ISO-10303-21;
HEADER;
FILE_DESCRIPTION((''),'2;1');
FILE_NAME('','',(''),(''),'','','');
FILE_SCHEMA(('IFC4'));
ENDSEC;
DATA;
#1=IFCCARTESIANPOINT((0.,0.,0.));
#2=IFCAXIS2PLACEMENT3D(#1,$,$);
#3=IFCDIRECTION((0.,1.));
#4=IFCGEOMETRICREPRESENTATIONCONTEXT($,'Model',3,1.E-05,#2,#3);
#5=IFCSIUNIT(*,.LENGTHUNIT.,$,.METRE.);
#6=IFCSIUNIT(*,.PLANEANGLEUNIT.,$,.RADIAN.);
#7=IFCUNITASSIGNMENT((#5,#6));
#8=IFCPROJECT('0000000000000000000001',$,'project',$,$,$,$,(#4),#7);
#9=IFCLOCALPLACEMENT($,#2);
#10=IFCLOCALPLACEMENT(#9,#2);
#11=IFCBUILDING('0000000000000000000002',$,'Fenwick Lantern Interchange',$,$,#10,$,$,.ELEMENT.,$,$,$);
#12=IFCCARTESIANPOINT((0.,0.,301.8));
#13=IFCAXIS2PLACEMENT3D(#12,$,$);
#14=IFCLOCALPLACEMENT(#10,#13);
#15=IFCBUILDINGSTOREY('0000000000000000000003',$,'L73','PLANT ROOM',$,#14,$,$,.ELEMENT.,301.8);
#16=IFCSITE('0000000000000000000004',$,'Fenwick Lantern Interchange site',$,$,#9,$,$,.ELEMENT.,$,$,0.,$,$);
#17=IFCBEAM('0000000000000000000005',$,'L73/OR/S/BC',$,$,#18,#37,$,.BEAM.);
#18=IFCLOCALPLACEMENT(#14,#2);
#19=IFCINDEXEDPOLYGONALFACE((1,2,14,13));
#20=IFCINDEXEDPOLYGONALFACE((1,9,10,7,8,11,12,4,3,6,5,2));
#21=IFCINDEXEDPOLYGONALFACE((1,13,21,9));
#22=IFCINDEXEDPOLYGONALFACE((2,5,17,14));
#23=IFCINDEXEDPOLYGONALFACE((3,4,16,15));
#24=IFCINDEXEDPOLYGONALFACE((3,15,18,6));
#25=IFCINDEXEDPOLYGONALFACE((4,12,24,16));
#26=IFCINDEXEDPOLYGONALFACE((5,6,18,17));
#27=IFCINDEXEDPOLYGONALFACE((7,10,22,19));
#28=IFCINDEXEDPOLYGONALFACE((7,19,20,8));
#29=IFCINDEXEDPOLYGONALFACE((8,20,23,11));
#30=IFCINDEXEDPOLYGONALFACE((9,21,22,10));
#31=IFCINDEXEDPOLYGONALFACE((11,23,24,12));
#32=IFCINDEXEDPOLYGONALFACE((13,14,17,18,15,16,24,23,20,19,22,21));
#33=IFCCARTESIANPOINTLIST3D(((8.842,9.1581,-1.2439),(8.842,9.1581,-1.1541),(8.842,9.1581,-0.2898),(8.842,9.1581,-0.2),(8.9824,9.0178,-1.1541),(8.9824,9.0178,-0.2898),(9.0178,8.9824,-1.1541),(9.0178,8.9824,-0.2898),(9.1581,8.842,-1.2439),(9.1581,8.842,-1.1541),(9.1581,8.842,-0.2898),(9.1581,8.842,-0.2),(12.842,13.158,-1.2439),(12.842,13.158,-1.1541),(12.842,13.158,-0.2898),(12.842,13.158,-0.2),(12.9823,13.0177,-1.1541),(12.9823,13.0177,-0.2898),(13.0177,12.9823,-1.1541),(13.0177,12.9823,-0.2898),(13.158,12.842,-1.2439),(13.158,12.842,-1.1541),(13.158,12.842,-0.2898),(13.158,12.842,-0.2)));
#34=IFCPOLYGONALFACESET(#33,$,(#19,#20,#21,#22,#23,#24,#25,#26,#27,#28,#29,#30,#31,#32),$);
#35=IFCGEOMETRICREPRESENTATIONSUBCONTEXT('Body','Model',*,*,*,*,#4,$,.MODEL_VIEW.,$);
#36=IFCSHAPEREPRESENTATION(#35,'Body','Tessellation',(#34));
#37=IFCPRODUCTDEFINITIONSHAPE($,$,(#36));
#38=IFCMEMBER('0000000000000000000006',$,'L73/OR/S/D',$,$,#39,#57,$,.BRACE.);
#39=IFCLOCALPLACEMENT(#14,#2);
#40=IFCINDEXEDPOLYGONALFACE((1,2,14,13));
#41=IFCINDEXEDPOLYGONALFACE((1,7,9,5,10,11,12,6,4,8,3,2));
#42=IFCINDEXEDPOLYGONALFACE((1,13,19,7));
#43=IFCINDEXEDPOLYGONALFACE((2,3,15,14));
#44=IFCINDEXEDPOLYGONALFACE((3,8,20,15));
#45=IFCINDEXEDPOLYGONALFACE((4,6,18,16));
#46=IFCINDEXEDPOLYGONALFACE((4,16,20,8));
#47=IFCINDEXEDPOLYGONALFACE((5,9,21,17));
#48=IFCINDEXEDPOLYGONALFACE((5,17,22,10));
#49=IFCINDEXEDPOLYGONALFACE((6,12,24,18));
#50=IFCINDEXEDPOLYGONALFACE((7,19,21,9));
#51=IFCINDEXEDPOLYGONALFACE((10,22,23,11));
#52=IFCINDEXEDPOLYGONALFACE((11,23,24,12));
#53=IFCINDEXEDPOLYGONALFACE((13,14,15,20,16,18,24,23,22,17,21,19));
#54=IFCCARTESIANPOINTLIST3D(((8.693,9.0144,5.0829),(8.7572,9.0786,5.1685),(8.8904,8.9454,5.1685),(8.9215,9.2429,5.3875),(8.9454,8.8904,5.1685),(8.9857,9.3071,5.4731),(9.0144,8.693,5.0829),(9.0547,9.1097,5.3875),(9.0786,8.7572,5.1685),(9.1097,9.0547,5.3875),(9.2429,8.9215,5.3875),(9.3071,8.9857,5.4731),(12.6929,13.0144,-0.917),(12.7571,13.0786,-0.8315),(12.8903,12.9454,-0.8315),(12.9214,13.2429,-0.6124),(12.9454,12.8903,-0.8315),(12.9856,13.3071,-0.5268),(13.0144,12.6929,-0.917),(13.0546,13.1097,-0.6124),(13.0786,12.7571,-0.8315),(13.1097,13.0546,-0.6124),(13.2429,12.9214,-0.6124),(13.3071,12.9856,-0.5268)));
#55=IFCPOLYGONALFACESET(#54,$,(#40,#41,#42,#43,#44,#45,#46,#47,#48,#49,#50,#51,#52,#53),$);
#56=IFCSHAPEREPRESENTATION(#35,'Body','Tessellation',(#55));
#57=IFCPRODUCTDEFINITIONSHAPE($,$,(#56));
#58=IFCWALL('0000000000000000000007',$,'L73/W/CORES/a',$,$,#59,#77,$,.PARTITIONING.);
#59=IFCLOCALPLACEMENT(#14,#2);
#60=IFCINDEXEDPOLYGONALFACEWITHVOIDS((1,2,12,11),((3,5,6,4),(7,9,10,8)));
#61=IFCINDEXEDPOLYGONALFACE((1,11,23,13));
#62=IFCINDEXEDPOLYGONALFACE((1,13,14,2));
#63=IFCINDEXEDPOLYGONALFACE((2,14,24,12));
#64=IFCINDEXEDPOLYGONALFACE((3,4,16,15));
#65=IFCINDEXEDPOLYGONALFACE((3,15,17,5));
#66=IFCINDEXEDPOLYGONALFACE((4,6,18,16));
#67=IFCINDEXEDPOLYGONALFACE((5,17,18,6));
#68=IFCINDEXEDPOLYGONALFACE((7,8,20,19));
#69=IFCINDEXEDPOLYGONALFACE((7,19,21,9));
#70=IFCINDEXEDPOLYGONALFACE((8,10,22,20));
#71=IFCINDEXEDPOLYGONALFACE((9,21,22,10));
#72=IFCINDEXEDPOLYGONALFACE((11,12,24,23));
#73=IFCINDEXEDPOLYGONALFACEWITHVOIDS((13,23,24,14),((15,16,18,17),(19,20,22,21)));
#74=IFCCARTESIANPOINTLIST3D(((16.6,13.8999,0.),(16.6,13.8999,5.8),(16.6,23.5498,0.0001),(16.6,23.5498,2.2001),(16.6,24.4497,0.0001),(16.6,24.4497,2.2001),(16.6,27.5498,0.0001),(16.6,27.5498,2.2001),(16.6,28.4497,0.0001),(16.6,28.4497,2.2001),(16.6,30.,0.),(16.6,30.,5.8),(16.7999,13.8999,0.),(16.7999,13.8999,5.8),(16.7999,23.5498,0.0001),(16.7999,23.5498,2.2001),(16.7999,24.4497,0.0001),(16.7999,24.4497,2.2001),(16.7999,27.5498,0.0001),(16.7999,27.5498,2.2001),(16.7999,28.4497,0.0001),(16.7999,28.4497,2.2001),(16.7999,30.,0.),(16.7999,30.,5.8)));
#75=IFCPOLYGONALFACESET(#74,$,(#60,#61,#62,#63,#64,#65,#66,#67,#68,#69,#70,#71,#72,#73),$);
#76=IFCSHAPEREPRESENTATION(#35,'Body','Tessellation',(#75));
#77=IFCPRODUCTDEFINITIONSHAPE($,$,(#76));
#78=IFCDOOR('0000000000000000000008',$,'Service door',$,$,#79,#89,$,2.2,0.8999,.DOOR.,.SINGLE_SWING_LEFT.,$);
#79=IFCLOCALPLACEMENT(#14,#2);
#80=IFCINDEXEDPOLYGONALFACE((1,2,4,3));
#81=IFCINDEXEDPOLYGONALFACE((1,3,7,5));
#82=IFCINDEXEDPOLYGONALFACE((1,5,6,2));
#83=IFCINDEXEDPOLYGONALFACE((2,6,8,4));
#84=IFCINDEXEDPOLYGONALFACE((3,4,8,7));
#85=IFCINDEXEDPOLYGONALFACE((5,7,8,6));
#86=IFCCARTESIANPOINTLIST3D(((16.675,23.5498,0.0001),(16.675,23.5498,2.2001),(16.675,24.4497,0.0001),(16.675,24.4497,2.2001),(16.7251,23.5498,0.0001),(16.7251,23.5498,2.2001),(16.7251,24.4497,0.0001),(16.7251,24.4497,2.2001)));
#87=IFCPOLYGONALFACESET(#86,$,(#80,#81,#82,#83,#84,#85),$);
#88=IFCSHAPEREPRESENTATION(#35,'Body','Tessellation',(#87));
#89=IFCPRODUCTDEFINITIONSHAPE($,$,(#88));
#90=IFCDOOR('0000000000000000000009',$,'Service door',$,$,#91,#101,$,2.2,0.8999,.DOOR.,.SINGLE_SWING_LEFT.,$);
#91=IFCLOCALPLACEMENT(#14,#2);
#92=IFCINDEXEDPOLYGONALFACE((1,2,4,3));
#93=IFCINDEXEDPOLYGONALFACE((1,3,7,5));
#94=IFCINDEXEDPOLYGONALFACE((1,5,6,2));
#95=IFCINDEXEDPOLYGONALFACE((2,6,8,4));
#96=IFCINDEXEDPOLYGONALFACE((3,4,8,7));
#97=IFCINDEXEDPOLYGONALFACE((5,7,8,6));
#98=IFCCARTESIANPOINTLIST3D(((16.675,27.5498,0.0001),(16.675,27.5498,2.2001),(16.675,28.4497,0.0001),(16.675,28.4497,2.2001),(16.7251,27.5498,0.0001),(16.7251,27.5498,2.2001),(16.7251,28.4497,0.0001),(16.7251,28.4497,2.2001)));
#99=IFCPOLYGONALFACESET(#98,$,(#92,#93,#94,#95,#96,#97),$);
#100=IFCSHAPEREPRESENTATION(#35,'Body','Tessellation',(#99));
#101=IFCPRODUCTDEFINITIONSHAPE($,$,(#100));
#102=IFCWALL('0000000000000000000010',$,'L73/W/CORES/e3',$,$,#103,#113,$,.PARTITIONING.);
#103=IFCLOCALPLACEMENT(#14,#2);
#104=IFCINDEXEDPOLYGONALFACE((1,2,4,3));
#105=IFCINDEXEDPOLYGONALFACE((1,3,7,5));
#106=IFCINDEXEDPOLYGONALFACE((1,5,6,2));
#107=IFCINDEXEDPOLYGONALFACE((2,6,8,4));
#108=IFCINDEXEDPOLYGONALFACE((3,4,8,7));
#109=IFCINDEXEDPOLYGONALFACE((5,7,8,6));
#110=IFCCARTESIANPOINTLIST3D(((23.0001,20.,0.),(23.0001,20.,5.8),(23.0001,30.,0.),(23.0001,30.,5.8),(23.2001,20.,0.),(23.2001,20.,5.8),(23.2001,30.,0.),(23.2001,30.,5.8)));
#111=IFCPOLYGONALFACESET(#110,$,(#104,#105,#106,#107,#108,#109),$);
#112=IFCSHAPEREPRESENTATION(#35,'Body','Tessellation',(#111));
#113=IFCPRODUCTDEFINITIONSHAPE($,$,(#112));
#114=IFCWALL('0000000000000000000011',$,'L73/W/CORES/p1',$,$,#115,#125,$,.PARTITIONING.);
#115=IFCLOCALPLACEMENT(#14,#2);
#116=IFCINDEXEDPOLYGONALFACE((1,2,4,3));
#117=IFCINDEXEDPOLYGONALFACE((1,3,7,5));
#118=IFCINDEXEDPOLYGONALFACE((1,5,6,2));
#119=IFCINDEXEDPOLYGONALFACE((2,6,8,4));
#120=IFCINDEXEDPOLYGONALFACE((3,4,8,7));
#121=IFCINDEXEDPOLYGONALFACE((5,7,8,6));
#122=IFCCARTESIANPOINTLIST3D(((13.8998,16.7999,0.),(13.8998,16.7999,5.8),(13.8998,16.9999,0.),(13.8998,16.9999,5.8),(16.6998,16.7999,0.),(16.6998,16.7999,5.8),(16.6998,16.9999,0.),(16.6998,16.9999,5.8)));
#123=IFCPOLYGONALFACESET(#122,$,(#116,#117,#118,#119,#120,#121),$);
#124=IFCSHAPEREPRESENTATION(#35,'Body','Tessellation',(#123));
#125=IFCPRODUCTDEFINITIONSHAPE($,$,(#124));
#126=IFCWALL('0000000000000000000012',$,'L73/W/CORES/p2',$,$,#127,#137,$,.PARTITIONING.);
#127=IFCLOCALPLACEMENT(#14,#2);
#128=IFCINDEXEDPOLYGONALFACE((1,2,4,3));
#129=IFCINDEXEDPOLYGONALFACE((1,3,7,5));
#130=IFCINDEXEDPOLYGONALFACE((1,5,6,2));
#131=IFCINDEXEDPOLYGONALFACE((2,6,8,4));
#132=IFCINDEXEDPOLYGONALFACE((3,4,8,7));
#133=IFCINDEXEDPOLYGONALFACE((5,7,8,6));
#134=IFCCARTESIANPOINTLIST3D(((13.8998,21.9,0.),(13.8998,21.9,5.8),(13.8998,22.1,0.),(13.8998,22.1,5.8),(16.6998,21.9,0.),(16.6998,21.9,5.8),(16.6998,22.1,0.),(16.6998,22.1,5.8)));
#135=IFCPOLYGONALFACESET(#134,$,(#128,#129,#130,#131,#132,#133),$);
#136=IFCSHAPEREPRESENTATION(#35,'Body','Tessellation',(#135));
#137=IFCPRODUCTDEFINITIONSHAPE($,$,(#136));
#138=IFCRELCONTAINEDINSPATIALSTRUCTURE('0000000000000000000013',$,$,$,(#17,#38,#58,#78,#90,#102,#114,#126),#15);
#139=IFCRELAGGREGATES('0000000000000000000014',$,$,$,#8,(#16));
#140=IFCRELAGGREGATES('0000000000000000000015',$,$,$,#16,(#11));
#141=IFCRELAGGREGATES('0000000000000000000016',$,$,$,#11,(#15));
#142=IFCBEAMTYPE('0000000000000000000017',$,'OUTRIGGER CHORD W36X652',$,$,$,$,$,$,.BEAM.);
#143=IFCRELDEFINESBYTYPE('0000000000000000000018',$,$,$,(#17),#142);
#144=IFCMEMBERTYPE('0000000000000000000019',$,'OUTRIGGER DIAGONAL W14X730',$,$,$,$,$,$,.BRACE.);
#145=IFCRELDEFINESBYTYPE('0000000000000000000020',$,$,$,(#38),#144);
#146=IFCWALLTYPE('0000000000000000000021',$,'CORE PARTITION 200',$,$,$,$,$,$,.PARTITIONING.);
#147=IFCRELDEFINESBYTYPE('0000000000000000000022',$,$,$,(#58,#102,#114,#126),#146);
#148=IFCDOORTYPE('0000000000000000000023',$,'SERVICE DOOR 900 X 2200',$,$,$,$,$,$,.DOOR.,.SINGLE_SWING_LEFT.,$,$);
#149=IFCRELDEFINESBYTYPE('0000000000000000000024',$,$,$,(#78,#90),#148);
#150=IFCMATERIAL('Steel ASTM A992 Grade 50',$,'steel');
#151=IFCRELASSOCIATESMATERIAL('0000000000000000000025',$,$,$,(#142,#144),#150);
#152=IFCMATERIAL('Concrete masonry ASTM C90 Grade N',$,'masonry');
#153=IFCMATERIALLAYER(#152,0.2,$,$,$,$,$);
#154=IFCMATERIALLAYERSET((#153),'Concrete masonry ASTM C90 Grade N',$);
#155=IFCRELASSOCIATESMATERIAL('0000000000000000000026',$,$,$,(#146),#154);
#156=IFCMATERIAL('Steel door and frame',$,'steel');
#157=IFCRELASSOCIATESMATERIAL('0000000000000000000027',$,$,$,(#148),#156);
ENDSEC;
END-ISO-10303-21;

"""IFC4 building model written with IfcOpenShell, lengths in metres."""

from ifc_helpers import new_model, si_unit, direction, frame, frame_2d, origin, origin_2d, place, context, subcontext, project, spatial, rectangle, i_section, extrude, material, layer, layer_set, material_profile, profile_set, type_object, element, fill, save


model = new_model("IFC4")

# Units and contexts
model_context = context("Model", 3, precision=1e-05, world=origin(), true_north=direction((0.0, 1.0)))
body_context = subcontext(model_context, "Body", "Model", "MODEL_VIEW")
ifc_project = project(units=[si_unit("LENGTHUNIT", "METRE"), si_unit("PLANEANGLEUNIT", "RADIAN")], contexts=[model_context])

# Site, building, storey
site_placement = place(None, origin())
site = spatial("IfcSite", under=ifc_project, at=site_placement, Name="Fenwick Lantern Interchange site", CompositionType="ELEMENT", RefElevation=0.0)
building_placement = place(site_placement, origin())
building = spatial("IfcBuilding", under=site, at=building_placement, Name="Fenwick Lantern Interchange", CompositionType="ELEMENT")
storey_placement = place(building_placement, frame((0.0, 0.0, 301.8)))
storey = spatial("IfcBuildingStorey", under=building, at=storey_placement, Name="L73", Description="PLANT ROOM", CompositionType="ELEMENT", Elevation=301.8)

# Beam
ifc_material_1 = material(Name="Steel ASTM A992 Grade 50", Category="steel")
ifc_material_profile_1 = material_profile(ifc_material_1, i_section(OverallWidth=0.447, OverallDepth=1.0439, WebThickness=0.05, FlangeThickness=0.0898, at=origin_2d()), Name="W36X652")
ifc_profile_set_1 = profile_set([ifc_material_profile_1], Name="Steel ASTM A992 Grade 50")
beam_type = type_object("IfcBeamType", Name="OUTRIGGER CHORD W36X652", PredefinedType="BEAM", material=ifc_profile_set_1)
beam_placement = place(storey_placement, frame((13.0, 13.0, -0.7219), z_axis=(-0.707107, -0.707107, 0.0), x_axis=(0.707107, -0.707107, 0.0)))
element("IfcBeam", 1, at=beam_placement, inside=storey, type_object=beam_type, Name="L73/OR/S/BC", PredefinedType="BEAM", context=body_context, shape_type="SweptSolid", body=[
    extrude(i_section(OverallWidth=0.447, OverallDepth=1.0439, WebThickness=0.05, FlangeThickness=0.0898, at=origin_2d()), origin(), (0.0, 0.0, 1.0), 5.6567),
])

# Member
ifc_material_profile_2 = material_profile(ifc_material_1, i_section(OverallWidth=0.4546, OverallDepth=0.5688, WebThickness=0.0779, FlangeThickness=0.1248, at=origin_2d()), Name="W14X730")
ifc_profile_set_2 = profile_set([ifc_material_profile_2], Name="Steel ASTM A992 Grade 50")
member_type = type_object("IfcMemberType", Name="OUTRIGGER DIAGONAL W14X730", PredefinedType="BRACE", material=ifc_profile_set_2)
member_placement = place(storey_placement, frame((13.0, 13.0, -0.7219), z_axis=(-0.485071, -0.485071, 0.727607), x_axis=(0.707107, -0.707107, 0.0)))
element("IfcMember", 2, at=member_placement, inside=storey, type_object=member_type, Name="L73/OR/S/D", PredefinedType="BRACE", context=body_context, shape_type="SweptSolid", body=[
    extrude(i_section(OverallWidth=0.4546, OverallDepth=0.5688, WebThickness=0.0779, FlangeThickness=0.1248, at=origin_2d()), origin(), (0.0, 0.0, 1.0), 8.2461),
])

# Wall, openings, doors
ifc_material_2 = material(Name="Concrete masonry ASTM C90 Grade N", Category="masonry")
ifc_layer_1 = layer(ifc_material_2, 0.2)
ifc_layer_set_1 = layer_set([ifc_layer_1], Name="Concrete masonry ASTM C90 Grade N")
wall_type_1 = type_object("IfcWallType", Name="CORE PARTITION 200", PredefinedType="PARTITIONING", material=ifc_layer_set_1)
wall_1_placement = place(storey_placement, frame((16.7, 13.8999, 0.0), z_axis=(0.0, 0.0, 1.0), x_axis=(0.0, 1.0, 0.0)))
wall_1 = element("IfcWall", 3, at=wall_1_placement, inside=storey, type_object=wall_type_1, Name="L73/W/CORES/a", PredefinedType="PARTITIONING", context=body_context, shape_type="SweptSolid", body=[
    extrude(rectangle(XDim=16.1001, YDim=0.2, at=frame_2d((8.05, 0.0))), origin(), (0.0, 0.0, 1.0), 5.8),
])
opening_1_placement = place(wall_1_placement, frame((9.6499, 0.0, 0.0)))
opening_1 = element("IfcOpeningElement", 4, at=opening_1_placement, cuts=wall_1, PredefinedType="OPENING", context=body_context, shape_type="SweptSolid", body=[
    extrude(rectangle(XDim=0.8999, YDim=2.2, at=frame_2d((0.45, 1.1001))), frame((0.0, 0.1099, 0.0), z_axis=(0.0, -1.0, 0.0), x_axis=(1.0, 0.0, 0.0)), (0.0, 0.0, 1.0), 0.22),
])
opening_2_placement = place(wall_1_placement, frame((13.6499, 0.0, 0.0)))
opening_2 = element("IfcOpeningElement", 5, at=opening_2_placement, cuts=wall_1, PredefinedType="OPENING", context=body_context, shape_type="SweptSolid", body=[
    extrude(rectangle(XDim=0.8999, YDim=2.2, at=frame_2d((0.45, 1.1001))), frame((0.0, 0.1099, 0.0), z_axis=(0.0, -1.0, 0.0), x_axis=(1.0, 0.0, 0.0)), (0.0, 0.0, 1.0), 0.22),
])
ifc_material_3 = material(Name="Steel door and frame", Category="steel")
door_type_1 = type_object("IfcDoorType", Name="SERVICE DOOR 900 X 2200", OperationType="SINGLE_SWING_LEFT", PredefinedType="DOOR", material=ifc_material_3)
door_1_placement = place(opening_1_placement, origin())
door_1 = element("IfcDoor", 6, at=door_1_placement, inside=storey, type_object=door_type_1, Name="Service door", OperationType="SINGLE_SWING_LEFT", OverallHeight=2.2, OverallWidth=0.8999, PredefinedType="DOOR", context=body_context, shape_type="SweptSolid", body=[
    extrude(rectangle(XDim=0.8999, YDim=2.2, at=frame_2d((0.45, 1.1001))), frame((0.0, 0.0249, 0.0), z_axis=(0.0, -1.0, 0.0), x_axis=(1.0, 0.0, 0.0)), (0.0, 0.0, 1.0), 0.05),
])
fill(opening_1, door_1)
door_2_placement = place(opening_2_placement, origin())
door_2 = element("IfcDoor", 7, at=door_2_placement, inside=storey, type_object=door_type_1, Name="Service door", OperationType="SINGLE_SWING_LEFT", OverallHeight=2.2, OverallWidth=0.8999, PredefinedType="DOOR", context=body_context, shape_type="SweptSolid", body=[
    extrude(rectangle(XDim=0.8999, YDim=2.2, at=frame_2d((0.45, 1.1001))), frame((0.0, 0.0249, 0.0), z_axis=(0.0, -1.0, 0.0), x_axis=(1.0, 0.0, 0.0)), (0.0, 0.0, 1.0), 0.05),
])
fill(opening_2, door_2)

# Walls
wall_2_placement = place(storey_placement, frame((23.1001, 20.0, 0.0), z_axis=(0.0, 0.0, 1.0), x_axis=(0.0, 1.0, 0.0)))
element("IfcWall", 8, at=wall_2_placement, inside=storey, type_object=wall_type_1, Name="L73/W/CORES/e3", PredefinedType="PARTITIONING", context=body_context, shape_type="SweptSolid", body=[
    extrude(rectangle(XDim=10.0, YDim=0.2, at=frame_2d((5.0, 0.0))), origin(), (0.0, 0.0, 1.0), 5.8),
])
for number, where, z_axis, x_axis, name in (
    (9, (13.8999, 16.8999, 0.0), (0.0, 0.0, 1.0), (1.0, 0.0, 0.0), "L73/W/CORES/p1"),
    (10, (13.8999, 22.0, 0.0), (0.0, 0.0, 1.0), (1.0, 0.0, 0.0), "L73/W/CORES/p2"),
):
    element("IfcWall", number, at=place(storey_placement, frame(where, z_axis=z_axis, x_axis=x_axis)), inside=storey, type_object=wall_type_1, Name=name, PredefinedType="PARTITIONING", context=body_context, shape_type="SweptSolid", body=[
        extrude(rectangle(XDim=2.8, YDim=0.2, at=frame_2d((1.3999, 0.0))), origin(), (0.0, 0.0, 1.0), 5.8),
    ])

save(model, "model.ifc")
